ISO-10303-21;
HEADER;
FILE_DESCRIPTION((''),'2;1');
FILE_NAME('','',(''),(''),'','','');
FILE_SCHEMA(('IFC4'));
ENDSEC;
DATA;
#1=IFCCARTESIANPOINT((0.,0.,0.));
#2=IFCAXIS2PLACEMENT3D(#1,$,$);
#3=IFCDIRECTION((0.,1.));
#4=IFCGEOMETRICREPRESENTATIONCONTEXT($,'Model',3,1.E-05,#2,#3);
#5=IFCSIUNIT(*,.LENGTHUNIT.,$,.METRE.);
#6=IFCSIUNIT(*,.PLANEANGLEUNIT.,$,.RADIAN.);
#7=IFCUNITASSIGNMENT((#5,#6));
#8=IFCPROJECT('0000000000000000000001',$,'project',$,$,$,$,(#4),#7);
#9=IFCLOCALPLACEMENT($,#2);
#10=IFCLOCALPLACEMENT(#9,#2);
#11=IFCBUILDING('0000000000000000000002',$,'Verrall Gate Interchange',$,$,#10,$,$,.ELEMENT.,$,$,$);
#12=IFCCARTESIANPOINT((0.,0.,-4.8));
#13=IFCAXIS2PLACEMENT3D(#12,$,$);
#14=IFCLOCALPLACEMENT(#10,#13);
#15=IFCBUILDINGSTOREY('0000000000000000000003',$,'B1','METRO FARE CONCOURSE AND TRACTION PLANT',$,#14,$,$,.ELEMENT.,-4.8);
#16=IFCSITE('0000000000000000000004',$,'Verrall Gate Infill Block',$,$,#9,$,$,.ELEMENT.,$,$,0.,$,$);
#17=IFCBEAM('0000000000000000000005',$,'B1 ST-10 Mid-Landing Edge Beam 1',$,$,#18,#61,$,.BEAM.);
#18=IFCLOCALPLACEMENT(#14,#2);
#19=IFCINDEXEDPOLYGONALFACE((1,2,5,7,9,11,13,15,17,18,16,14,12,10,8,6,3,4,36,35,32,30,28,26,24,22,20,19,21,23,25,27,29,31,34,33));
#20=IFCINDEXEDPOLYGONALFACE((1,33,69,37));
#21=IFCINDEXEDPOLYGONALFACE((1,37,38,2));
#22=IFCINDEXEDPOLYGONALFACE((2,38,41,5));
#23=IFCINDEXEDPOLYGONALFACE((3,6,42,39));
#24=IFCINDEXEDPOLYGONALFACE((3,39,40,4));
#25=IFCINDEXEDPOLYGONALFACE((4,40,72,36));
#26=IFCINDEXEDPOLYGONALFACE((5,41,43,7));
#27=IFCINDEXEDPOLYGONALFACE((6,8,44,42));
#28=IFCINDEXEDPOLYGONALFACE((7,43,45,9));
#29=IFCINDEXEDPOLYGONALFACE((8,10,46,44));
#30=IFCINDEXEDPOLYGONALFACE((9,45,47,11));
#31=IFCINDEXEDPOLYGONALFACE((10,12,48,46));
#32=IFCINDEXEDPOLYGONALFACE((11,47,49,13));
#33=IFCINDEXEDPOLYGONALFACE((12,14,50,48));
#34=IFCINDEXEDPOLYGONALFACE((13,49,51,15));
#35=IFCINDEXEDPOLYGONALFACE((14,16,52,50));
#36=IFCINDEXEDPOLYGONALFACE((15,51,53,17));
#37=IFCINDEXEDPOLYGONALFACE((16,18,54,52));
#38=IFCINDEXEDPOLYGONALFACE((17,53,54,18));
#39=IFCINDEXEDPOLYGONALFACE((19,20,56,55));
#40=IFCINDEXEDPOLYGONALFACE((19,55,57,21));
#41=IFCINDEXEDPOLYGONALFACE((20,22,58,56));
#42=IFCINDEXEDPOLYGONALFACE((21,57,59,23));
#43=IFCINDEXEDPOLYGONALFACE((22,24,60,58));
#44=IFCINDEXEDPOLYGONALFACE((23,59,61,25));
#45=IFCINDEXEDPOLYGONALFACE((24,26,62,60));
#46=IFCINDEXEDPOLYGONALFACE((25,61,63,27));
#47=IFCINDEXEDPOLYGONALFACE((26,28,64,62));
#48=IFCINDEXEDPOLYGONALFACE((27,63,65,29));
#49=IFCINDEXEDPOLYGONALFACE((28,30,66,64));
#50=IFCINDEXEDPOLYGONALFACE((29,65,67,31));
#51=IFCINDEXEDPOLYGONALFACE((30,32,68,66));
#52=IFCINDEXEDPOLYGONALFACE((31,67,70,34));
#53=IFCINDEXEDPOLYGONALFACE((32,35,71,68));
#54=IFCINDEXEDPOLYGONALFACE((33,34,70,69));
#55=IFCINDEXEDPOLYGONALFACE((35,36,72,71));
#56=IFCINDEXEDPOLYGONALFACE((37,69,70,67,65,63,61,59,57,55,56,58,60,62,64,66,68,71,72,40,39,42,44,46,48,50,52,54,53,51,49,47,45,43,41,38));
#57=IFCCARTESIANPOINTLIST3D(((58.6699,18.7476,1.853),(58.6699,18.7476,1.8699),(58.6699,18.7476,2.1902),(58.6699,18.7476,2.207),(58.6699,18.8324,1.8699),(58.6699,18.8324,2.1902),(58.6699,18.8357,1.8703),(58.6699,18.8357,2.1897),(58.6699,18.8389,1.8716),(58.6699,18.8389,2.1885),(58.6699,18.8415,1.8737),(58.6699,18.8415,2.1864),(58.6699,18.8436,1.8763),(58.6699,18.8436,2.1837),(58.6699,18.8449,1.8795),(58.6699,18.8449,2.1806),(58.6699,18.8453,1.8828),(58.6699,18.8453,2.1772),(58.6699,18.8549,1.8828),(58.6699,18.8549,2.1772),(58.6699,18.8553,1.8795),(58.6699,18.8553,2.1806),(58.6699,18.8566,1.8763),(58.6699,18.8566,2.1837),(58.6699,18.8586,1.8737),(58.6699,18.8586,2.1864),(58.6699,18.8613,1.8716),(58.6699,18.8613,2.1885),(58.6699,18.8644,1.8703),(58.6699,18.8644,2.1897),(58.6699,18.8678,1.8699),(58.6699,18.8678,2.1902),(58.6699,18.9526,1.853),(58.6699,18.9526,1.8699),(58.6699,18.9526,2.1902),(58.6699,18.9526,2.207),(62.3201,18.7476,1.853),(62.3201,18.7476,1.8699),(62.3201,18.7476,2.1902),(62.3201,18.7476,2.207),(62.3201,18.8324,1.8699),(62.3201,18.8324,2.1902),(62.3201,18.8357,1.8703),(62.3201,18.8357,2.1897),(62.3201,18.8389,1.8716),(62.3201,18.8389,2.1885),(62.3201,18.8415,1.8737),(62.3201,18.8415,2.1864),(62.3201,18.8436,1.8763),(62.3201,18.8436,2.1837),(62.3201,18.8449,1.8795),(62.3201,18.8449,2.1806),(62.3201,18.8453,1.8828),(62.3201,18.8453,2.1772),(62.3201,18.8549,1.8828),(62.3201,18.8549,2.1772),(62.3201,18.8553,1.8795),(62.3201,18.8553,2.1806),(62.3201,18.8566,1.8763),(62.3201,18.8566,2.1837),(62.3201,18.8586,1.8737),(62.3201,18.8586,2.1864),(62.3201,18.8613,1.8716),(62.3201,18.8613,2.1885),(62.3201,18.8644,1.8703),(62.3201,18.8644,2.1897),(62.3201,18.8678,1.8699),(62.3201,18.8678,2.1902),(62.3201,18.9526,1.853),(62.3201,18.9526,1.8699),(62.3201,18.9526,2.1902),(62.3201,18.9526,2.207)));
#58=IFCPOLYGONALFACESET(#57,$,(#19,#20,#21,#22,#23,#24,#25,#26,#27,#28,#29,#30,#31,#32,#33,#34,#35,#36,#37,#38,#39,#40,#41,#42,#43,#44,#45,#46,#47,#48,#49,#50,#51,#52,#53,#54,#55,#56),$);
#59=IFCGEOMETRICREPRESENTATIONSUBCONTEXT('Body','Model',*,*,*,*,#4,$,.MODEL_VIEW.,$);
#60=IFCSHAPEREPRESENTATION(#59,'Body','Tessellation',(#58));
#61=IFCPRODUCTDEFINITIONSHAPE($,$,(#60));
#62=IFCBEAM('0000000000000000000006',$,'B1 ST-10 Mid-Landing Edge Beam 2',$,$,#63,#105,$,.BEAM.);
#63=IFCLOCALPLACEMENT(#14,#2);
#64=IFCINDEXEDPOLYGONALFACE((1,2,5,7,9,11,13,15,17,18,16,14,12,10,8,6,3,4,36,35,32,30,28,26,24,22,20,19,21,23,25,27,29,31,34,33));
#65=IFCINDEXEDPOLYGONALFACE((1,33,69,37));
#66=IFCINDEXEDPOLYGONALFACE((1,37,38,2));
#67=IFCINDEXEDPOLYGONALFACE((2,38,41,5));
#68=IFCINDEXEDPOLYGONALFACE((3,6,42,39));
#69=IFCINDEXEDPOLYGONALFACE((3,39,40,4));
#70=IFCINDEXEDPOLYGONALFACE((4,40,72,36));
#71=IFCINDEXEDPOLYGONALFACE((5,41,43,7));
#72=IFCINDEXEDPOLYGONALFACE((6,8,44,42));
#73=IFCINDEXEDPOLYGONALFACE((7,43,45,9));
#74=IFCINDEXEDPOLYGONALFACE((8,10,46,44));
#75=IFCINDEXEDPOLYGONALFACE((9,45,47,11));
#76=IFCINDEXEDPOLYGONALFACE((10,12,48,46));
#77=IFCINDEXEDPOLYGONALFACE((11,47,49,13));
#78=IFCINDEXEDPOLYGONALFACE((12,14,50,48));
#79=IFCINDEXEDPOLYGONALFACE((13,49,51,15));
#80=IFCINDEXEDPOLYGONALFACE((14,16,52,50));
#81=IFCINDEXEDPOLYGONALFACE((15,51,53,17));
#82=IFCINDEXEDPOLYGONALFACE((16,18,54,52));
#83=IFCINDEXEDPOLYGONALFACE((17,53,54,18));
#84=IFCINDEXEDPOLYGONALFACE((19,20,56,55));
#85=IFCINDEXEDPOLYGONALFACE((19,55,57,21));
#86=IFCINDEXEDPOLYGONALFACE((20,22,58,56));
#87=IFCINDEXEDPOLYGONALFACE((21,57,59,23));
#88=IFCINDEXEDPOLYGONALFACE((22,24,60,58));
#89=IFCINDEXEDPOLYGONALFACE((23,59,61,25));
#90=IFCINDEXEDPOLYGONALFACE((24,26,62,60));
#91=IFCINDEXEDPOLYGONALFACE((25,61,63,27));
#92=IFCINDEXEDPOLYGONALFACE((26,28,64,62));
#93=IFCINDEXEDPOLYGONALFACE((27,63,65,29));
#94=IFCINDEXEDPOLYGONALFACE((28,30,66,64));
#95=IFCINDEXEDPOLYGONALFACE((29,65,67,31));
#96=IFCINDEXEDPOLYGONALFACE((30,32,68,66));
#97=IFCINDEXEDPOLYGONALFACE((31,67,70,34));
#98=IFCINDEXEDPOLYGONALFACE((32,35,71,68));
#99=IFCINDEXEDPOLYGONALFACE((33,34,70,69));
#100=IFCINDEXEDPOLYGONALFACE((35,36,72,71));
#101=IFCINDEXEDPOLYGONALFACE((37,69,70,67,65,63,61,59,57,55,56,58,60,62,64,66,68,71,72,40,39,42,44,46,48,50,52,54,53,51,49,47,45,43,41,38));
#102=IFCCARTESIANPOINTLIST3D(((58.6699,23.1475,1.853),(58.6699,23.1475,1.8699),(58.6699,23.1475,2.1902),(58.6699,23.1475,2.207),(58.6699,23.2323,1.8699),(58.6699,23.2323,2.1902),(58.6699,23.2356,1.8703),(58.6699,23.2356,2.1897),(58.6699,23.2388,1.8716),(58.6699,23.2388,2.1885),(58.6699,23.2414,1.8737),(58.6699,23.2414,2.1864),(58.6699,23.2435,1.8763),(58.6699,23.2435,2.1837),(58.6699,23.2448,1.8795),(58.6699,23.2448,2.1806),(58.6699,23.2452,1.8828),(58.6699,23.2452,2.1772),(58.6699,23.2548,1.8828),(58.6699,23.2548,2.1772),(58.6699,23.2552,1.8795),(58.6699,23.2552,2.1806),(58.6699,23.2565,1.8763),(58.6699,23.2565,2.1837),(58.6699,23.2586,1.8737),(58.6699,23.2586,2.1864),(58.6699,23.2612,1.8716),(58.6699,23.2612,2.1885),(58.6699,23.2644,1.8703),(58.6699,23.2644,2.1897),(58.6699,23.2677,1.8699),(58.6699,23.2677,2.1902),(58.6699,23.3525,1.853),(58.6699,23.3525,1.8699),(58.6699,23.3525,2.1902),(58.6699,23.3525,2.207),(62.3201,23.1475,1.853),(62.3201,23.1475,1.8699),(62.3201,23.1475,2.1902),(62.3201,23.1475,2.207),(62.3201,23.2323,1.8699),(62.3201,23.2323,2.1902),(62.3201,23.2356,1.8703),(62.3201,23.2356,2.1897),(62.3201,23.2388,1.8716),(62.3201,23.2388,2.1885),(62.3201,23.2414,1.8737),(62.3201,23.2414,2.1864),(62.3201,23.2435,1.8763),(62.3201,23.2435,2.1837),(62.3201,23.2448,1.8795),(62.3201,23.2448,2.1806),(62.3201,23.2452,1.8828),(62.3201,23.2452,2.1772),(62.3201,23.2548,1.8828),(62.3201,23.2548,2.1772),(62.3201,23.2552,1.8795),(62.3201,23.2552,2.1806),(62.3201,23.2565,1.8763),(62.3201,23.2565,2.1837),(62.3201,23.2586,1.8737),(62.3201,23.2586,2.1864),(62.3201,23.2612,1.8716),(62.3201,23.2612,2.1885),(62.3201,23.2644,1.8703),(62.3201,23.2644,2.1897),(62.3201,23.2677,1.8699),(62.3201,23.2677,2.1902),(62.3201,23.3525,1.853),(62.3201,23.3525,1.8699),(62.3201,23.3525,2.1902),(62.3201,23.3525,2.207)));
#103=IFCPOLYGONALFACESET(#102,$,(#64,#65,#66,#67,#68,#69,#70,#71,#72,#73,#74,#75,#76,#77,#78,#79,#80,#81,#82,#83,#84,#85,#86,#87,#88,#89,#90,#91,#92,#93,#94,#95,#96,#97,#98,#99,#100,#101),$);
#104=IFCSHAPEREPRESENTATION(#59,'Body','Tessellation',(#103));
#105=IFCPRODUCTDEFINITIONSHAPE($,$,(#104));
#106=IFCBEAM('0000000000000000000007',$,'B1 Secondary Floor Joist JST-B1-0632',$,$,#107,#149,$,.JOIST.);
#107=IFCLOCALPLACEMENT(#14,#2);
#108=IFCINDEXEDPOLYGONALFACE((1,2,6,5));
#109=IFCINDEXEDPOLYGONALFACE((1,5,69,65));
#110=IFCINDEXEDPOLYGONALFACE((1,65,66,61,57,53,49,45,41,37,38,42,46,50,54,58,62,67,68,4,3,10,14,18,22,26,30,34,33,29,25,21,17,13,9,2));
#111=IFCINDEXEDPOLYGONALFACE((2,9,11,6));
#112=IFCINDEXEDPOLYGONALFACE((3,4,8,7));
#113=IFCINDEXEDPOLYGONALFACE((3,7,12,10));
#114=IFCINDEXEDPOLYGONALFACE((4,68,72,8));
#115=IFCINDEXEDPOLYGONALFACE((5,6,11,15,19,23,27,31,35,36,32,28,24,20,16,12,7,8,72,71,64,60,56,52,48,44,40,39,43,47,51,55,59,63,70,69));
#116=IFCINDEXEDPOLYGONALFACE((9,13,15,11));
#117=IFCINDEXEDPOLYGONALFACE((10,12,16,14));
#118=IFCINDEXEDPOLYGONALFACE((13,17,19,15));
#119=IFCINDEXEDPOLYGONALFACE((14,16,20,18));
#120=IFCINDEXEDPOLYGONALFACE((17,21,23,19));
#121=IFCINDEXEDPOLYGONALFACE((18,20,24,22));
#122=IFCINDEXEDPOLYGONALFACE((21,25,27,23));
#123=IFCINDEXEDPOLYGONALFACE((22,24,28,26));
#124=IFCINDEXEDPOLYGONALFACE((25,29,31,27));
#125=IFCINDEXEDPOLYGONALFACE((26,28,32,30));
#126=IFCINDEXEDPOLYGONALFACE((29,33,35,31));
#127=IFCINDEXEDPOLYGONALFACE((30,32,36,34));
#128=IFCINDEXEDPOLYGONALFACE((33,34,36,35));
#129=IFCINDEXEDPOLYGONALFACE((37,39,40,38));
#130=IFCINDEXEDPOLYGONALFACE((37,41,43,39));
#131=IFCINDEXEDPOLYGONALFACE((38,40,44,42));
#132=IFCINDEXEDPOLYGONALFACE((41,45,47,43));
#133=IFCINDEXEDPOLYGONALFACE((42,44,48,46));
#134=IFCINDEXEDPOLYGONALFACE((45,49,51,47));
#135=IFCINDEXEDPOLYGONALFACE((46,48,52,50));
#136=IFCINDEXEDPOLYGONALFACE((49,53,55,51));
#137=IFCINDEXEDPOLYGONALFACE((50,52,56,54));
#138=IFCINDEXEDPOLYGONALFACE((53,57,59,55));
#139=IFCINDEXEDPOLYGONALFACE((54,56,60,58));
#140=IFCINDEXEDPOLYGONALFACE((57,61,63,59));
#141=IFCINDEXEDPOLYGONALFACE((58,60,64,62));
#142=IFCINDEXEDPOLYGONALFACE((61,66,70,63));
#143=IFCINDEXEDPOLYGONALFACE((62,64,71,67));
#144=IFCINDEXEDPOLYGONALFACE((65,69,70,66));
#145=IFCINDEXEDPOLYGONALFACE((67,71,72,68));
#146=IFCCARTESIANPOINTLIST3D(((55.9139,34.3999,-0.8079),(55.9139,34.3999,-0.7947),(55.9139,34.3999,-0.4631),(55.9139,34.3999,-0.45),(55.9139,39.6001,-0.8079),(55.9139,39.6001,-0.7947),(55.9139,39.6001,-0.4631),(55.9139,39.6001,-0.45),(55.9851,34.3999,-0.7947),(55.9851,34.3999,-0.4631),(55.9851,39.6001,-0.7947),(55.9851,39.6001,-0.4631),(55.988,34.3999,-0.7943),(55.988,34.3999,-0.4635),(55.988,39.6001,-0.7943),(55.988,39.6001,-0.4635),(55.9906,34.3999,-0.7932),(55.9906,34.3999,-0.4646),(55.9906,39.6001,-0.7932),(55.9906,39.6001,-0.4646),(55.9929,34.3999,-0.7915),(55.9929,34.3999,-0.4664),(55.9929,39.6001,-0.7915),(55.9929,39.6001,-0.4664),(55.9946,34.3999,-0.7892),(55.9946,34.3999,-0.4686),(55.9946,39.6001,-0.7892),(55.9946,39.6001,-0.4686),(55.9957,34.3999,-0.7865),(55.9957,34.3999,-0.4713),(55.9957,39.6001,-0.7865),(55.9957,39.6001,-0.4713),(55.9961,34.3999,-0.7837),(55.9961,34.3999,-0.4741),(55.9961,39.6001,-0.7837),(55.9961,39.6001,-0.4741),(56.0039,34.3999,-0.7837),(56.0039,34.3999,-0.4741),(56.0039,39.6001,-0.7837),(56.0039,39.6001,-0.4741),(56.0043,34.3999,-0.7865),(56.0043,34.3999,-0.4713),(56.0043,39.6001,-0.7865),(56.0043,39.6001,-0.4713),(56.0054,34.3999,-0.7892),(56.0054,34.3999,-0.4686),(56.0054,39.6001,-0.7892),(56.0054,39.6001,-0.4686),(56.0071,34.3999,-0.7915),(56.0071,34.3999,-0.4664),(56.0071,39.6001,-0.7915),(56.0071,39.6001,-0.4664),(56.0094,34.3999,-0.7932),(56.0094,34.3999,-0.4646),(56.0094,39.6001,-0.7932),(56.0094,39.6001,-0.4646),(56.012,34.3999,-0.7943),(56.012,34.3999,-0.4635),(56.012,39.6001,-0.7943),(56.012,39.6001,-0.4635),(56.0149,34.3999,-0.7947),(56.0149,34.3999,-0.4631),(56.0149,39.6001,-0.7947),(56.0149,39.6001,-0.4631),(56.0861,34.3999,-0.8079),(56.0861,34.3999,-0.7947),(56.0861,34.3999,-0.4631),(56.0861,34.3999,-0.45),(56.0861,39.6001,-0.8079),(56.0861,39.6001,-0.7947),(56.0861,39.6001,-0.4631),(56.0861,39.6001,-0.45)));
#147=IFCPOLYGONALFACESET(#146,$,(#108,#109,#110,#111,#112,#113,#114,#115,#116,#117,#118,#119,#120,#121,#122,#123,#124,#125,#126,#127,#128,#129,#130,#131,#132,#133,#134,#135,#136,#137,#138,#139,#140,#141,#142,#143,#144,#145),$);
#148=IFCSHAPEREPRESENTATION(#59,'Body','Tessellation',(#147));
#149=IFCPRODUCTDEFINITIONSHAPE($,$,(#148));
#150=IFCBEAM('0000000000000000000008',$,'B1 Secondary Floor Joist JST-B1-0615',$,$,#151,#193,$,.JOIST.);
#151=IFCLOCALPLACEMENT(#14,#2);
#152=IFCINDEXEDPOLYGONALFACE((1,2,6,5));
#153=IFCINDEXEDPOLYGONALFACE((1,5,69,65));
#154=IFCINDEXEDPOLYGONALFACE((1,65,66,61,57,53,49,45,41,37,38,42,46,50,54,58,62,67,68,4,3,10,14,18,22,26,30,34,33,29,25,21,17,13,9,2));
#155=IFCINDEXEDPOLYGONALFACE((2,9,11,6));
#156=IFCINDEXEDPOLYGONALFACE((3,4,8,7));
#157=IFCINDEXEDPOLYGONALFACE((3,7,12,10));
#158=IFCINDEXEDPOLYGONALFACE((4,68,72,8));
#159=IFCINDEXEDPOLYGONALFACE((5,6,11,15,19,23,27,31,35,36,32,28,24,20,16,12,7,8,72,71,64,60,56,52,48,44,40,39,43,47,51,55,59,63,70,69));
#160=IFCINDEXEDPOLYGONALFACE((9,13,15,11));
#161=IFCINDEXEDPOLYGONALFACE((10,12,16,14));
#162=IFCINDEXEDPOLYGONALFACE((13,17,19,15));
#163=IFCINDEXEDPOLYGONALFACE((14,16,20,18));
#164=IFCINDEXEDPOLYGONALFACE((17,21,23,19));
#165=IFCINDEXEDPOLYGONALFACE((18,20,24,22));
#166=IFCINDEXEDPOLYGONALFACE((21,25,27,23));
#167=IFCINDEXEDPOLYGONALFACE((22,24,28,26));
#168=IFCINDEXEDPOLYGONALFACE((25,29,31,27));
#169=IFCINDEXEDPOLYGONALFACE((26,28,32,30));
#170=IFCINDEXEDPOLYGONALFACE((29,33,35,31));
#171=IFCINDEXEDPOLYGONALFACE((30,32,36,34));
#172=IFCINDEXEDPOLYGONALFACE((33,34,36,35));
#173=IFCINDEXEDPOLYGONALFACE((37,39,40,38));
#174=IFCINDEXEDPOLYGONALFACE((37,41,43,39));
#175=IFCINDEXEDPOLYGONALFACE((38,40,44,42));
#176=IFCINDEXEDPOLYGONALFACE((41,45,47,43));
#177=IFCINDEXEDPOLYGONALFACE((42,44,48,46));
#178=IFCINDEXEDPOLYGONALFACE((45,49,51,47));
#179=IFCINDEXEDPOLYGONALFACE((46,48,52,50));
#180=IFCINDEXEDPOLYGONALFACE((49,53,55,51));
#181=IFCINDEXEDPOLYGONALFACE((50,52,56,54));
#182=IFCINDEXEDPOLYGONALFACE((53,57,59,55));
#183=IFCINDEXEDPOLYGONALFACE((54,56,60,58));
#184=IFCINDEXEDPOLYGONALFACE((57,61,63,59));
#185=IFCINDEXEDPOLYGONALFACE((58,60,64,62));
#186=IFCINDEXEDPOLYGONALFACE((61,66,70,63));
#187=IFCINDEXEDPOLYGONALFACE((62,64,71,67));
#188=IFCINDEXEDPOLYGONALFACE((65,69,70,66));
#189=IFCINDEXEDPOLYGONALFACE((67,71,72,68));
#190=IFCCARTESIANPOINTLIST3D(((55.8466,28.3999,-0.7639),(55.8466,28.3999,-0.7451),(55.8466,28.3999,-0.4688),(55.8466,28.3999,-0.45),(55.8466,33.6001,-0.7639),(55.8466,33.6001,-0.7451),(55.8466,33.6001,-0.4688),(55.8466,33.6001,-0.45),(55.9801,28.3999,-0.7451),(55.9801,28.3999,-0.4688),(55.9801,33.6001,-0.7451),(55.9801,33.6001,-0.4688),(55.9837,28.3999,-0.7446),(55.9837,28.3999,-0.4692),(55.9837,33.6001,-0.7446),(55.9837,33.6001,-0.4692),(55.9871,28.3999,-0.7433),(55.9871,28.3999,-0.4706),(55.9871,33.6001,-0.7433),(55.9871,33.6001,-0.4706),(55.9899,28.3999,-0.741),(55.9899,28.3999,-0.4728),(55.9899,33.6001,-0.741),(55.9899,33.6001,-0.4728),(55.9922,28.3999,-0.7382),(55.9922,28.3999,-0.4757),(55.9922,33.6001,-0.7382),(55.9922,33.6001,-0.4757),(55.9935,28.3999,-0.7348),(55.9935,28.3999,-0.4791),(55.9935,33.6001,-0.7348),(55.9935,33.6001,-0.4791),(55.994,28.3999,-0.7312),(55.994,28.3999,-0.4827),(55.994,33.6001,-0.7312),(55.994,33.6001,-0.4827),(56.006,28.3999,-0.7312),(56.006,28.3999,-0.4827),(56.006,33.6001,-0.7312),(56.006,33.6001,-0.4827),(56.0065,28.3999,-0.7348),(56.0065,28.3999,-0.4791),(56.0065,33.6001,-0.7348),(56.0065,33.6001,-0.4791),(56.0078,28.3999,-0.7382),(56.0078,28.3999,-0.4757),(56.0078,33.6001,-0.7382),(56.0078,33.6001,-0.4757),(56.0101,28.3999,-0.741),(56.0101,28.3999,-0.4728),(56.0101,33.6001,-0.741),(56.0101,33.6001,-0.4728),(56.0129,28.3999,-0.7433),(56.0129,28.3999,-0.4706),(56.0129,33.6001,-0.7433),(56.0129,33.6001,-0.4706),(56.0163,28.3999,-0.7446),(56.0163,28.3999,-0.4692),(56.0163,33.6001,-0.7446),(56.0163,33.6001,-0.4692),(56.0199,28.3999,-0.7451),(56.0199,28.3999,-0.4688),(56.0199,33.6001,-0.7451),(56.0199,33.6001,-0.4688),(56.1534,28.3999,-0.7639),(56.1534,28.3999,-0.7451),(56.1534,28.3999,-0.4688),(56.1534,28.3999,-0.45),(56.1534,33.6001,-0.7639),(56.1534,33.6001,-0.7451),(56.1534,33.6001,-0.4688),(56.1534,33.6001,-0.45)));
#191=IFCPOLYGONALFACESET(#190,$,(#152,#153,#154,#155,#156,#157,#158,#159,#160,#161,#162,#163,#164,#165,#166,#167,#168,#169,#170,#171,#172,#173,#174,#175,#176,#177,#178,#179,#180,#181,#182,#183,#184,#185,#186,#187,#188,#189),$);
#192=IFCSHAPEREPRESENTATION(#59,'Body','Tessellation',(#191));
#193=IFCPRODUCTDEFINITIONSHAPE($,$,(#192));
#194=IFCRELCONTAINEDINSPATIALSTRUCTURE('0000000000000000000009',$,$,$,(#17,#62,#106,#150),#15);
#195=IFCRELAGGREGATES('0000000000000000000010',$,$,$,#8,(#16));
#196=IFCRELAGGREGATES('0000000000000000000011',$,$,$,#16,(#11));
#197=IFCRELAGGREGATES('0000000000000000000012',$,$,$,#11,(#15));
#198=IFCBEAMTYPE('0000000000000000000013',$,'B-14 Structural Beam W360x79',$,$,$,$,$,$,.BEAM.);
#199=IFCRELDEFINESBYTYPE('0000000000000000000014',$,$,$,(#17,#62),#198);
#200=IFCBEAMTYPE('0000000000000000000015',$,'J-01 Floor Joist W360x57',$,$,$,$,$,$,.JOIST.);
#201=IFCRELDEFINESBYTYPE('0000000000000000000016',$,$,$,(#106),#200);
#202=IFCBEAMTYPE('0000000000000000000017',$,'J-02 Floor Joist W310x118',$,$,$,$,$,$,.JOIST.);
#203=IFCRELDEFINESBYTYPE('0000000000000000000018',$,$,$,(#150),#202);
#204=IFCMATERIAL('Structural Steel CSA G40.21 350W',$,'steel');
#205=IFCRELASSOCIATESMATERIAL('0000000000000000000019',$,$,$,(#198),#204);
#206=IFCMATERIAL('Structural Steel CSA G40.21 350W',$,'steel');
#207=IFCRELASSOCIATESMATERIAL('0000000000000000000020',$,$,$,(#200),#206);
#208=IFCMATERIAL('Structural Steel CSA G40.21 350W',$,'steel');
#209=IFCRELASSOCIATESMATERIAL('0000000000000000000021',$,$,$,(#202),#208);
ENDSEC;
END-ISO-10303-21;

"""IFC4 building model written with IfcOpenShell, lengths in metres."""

from ifc_helpers import new_model, si_unit, direction, frame, origin, origin_2d, place, context, subcontext, project, spatial, i_section, extrude, material, material_profile, profile_set, type_object, element, save


model = new_model("IFC4")

# Units and contexts
model_context = context("Model", 3, precision=1e-05, world=origin(), true_north=direction((0.0, 1.0)))
body_context = subcontext(model_context, "Body", "Model", "MODEL_VIEW")
ifc_project = project(units=[si_unit("LENGTHUNIT", "METRE"), si_unit("PLANEANGLEUNIT", "RADIAN")], contexts=[model_context])

# Site, building, storey
site_placement = place(None, origin())
site = spatial("IfcSite", under=ifc_project, at=site_placement, Name="Verrall Gate Infill Block", CompositionType="ELEMENT", RefElevation=0.0)
building_placement = place(site_placement, origin())
building = spatial("IfcBuilding", under=site, at=building_placement, Name="Verrall Gate Interchange", CompositionType="ELEMENT")
storey_placement = place(building_placement, frame((0.0, 0.0, -4.8)))
storey = spatial("IfcBuildingStorey", under=building, at=storey_placement, Name="B1", Description="METRO FARE CONCOURSE AND TRACTION PLANT", CompositionType="ELEMENT", Elevation=-4.8)

# Beams
ifc_material_1 = material(Name="Structural Steel CSA G40.21 350W", Category="steel")
ifc_material_profile_1 = material_profile(ifc_material_1, i_section(OverallWidth=0.2051, OverallDepth=0.354, WebThickness=0.0095, FlangeThickness=0.0168, FilletRadius=0.0129, at=origin_2d()), Name="W360x79")
ifc_profile_set_1 = profile_set([ifc_material_profile_1], Name="Structural Steel CSA G40.21 350W")
beam_type_1 = type_object("IfcBeamType", Name="B-14 Structural Beam W360x79", PredefinedType="BEAM", material=ifc_profile_set_1)
for number, where, z_axis, x_axis, name in (
    (1, (58.6699, 18.8501, 2.03), (1.0, 0.0, 0.0), (0.0, 1.0, 0.0), "B1 ST-10 Mid-Landing Edge Beam 1"),
    (2, (58.6699, 23.25, 2.03), (1.0, 0.0, 0.0), (0.0, 1.0, 0.0), "B1 ST-10 Mid-Landing Edge Beam 2"),
):
    element("IfcBeam", number, at=place(storey_placement, frame(where, z_axis=z_axis, x_axis=x_axis)), inside=storey, type_object=beam_type_1, Name=name, PredefinedType="BEAM", context=body_context, shape_type="SweptSolid", body=[
        extrude(i_section(OverallWidth=0.2051, OverallDepth=0.354, WebThickness=0.0095, FlangeThickness=0.0168, FilletRadius=0.0129, at=origin_2d()), origin(), (0.0, 0.0, 1.0), 3.6501),
    ])
ifc_material_2 = material(Name="Structural Steel CSA G40.21 350W", Category="steel")
ifc_material_profile_2 = material_profile(ifc_material_2, i_section(OverallWidth=0.1721, OverallDepth=0.3579, WebThickness=0.0078, FlangeThickness=0.0132, FilletRadius=0.011, at=origin_2d()), Name="W360x57")
ifc_profile_set_2 = profile_set([ifc_material_profile_2], Name="Structural Steel CSA G40.21 350W")
beam_type_2 = type_object("IfcBeamType", Name="J-01 Floor Joist W360x57", PredefinedType="JOIST", material=ifc_profile_set_2)
beam_1_placement = place(storey_placement, frame((56.0, 34.3999, -0.6289), z_axis=(0.0, 1.0, 0.0), x_axis=(-1.0, 0.0, 0.0)))
element("IfcBeam", 3, at=beam_1_placement, inside=storey, type_object=beam_type_2, Name="B1 Secondary Floor Joist JST-B1-0632", PredefinedType="JOIST", context=body_context, shape_type="SweptSolid", body=[
    extrude(i_section(OverallWidth=0.1721, OverallDepth=0.3579, WebThickness=0.0078, FlangeThickness=0.0132, FilletRadius=0.011, at=origin_2d()), origin(), (0.0, 0.0, 1.0), 5.2002),
])
ifc_material_3 = material(Name="Structural Steel CSA G40.21 350W", Category="steel")
ifc_material_profile_3 = material_profile(ifc_material_3, i_section(OverallWidth=0.3069, OverallDepth=0.314, WebThickness=0.012, FlangeThickness=0.0188, FilletRadius=0.0139, at=origin_2d()), Name="W310x118")
ifc_profile_set_3 = profile_set([ifc_material_profile_3], Name="Structural Steel CSA G40.21 350W")
beam_type_3 = type_object("IfcBeamType", Name="J-02 Floor Joist W310x118", PredefinedType="JOIST", material=ifc_profile_set_3)
beam_2_placement = place(storey_placement, frame((56.0, 28.3999, -0.6069), z_axis=(0.0, 1.0, 0.0), x_axis=(-1.0, 0.0, 0.0)))
element("IfcBeam", 4, at=beam_2_placement, inside=storey, type_object=beam_type_3, Name="B1 Secondary Floor Joist JST-B1-0615", PredefinedType="JOIST", context=body_context, shape_type="SweptSolid", body=[
    extrude(i_section(OverallWidth=0.3069, OverallDepth=0.314, WebThickness=0.012, FlangeThickness=0.0188, FilletRadius=0.0139, at=origin_2d()), origin(), (0.0, 0.0, 1.0), 5.2002),
])

save(model, "model.ifc")
